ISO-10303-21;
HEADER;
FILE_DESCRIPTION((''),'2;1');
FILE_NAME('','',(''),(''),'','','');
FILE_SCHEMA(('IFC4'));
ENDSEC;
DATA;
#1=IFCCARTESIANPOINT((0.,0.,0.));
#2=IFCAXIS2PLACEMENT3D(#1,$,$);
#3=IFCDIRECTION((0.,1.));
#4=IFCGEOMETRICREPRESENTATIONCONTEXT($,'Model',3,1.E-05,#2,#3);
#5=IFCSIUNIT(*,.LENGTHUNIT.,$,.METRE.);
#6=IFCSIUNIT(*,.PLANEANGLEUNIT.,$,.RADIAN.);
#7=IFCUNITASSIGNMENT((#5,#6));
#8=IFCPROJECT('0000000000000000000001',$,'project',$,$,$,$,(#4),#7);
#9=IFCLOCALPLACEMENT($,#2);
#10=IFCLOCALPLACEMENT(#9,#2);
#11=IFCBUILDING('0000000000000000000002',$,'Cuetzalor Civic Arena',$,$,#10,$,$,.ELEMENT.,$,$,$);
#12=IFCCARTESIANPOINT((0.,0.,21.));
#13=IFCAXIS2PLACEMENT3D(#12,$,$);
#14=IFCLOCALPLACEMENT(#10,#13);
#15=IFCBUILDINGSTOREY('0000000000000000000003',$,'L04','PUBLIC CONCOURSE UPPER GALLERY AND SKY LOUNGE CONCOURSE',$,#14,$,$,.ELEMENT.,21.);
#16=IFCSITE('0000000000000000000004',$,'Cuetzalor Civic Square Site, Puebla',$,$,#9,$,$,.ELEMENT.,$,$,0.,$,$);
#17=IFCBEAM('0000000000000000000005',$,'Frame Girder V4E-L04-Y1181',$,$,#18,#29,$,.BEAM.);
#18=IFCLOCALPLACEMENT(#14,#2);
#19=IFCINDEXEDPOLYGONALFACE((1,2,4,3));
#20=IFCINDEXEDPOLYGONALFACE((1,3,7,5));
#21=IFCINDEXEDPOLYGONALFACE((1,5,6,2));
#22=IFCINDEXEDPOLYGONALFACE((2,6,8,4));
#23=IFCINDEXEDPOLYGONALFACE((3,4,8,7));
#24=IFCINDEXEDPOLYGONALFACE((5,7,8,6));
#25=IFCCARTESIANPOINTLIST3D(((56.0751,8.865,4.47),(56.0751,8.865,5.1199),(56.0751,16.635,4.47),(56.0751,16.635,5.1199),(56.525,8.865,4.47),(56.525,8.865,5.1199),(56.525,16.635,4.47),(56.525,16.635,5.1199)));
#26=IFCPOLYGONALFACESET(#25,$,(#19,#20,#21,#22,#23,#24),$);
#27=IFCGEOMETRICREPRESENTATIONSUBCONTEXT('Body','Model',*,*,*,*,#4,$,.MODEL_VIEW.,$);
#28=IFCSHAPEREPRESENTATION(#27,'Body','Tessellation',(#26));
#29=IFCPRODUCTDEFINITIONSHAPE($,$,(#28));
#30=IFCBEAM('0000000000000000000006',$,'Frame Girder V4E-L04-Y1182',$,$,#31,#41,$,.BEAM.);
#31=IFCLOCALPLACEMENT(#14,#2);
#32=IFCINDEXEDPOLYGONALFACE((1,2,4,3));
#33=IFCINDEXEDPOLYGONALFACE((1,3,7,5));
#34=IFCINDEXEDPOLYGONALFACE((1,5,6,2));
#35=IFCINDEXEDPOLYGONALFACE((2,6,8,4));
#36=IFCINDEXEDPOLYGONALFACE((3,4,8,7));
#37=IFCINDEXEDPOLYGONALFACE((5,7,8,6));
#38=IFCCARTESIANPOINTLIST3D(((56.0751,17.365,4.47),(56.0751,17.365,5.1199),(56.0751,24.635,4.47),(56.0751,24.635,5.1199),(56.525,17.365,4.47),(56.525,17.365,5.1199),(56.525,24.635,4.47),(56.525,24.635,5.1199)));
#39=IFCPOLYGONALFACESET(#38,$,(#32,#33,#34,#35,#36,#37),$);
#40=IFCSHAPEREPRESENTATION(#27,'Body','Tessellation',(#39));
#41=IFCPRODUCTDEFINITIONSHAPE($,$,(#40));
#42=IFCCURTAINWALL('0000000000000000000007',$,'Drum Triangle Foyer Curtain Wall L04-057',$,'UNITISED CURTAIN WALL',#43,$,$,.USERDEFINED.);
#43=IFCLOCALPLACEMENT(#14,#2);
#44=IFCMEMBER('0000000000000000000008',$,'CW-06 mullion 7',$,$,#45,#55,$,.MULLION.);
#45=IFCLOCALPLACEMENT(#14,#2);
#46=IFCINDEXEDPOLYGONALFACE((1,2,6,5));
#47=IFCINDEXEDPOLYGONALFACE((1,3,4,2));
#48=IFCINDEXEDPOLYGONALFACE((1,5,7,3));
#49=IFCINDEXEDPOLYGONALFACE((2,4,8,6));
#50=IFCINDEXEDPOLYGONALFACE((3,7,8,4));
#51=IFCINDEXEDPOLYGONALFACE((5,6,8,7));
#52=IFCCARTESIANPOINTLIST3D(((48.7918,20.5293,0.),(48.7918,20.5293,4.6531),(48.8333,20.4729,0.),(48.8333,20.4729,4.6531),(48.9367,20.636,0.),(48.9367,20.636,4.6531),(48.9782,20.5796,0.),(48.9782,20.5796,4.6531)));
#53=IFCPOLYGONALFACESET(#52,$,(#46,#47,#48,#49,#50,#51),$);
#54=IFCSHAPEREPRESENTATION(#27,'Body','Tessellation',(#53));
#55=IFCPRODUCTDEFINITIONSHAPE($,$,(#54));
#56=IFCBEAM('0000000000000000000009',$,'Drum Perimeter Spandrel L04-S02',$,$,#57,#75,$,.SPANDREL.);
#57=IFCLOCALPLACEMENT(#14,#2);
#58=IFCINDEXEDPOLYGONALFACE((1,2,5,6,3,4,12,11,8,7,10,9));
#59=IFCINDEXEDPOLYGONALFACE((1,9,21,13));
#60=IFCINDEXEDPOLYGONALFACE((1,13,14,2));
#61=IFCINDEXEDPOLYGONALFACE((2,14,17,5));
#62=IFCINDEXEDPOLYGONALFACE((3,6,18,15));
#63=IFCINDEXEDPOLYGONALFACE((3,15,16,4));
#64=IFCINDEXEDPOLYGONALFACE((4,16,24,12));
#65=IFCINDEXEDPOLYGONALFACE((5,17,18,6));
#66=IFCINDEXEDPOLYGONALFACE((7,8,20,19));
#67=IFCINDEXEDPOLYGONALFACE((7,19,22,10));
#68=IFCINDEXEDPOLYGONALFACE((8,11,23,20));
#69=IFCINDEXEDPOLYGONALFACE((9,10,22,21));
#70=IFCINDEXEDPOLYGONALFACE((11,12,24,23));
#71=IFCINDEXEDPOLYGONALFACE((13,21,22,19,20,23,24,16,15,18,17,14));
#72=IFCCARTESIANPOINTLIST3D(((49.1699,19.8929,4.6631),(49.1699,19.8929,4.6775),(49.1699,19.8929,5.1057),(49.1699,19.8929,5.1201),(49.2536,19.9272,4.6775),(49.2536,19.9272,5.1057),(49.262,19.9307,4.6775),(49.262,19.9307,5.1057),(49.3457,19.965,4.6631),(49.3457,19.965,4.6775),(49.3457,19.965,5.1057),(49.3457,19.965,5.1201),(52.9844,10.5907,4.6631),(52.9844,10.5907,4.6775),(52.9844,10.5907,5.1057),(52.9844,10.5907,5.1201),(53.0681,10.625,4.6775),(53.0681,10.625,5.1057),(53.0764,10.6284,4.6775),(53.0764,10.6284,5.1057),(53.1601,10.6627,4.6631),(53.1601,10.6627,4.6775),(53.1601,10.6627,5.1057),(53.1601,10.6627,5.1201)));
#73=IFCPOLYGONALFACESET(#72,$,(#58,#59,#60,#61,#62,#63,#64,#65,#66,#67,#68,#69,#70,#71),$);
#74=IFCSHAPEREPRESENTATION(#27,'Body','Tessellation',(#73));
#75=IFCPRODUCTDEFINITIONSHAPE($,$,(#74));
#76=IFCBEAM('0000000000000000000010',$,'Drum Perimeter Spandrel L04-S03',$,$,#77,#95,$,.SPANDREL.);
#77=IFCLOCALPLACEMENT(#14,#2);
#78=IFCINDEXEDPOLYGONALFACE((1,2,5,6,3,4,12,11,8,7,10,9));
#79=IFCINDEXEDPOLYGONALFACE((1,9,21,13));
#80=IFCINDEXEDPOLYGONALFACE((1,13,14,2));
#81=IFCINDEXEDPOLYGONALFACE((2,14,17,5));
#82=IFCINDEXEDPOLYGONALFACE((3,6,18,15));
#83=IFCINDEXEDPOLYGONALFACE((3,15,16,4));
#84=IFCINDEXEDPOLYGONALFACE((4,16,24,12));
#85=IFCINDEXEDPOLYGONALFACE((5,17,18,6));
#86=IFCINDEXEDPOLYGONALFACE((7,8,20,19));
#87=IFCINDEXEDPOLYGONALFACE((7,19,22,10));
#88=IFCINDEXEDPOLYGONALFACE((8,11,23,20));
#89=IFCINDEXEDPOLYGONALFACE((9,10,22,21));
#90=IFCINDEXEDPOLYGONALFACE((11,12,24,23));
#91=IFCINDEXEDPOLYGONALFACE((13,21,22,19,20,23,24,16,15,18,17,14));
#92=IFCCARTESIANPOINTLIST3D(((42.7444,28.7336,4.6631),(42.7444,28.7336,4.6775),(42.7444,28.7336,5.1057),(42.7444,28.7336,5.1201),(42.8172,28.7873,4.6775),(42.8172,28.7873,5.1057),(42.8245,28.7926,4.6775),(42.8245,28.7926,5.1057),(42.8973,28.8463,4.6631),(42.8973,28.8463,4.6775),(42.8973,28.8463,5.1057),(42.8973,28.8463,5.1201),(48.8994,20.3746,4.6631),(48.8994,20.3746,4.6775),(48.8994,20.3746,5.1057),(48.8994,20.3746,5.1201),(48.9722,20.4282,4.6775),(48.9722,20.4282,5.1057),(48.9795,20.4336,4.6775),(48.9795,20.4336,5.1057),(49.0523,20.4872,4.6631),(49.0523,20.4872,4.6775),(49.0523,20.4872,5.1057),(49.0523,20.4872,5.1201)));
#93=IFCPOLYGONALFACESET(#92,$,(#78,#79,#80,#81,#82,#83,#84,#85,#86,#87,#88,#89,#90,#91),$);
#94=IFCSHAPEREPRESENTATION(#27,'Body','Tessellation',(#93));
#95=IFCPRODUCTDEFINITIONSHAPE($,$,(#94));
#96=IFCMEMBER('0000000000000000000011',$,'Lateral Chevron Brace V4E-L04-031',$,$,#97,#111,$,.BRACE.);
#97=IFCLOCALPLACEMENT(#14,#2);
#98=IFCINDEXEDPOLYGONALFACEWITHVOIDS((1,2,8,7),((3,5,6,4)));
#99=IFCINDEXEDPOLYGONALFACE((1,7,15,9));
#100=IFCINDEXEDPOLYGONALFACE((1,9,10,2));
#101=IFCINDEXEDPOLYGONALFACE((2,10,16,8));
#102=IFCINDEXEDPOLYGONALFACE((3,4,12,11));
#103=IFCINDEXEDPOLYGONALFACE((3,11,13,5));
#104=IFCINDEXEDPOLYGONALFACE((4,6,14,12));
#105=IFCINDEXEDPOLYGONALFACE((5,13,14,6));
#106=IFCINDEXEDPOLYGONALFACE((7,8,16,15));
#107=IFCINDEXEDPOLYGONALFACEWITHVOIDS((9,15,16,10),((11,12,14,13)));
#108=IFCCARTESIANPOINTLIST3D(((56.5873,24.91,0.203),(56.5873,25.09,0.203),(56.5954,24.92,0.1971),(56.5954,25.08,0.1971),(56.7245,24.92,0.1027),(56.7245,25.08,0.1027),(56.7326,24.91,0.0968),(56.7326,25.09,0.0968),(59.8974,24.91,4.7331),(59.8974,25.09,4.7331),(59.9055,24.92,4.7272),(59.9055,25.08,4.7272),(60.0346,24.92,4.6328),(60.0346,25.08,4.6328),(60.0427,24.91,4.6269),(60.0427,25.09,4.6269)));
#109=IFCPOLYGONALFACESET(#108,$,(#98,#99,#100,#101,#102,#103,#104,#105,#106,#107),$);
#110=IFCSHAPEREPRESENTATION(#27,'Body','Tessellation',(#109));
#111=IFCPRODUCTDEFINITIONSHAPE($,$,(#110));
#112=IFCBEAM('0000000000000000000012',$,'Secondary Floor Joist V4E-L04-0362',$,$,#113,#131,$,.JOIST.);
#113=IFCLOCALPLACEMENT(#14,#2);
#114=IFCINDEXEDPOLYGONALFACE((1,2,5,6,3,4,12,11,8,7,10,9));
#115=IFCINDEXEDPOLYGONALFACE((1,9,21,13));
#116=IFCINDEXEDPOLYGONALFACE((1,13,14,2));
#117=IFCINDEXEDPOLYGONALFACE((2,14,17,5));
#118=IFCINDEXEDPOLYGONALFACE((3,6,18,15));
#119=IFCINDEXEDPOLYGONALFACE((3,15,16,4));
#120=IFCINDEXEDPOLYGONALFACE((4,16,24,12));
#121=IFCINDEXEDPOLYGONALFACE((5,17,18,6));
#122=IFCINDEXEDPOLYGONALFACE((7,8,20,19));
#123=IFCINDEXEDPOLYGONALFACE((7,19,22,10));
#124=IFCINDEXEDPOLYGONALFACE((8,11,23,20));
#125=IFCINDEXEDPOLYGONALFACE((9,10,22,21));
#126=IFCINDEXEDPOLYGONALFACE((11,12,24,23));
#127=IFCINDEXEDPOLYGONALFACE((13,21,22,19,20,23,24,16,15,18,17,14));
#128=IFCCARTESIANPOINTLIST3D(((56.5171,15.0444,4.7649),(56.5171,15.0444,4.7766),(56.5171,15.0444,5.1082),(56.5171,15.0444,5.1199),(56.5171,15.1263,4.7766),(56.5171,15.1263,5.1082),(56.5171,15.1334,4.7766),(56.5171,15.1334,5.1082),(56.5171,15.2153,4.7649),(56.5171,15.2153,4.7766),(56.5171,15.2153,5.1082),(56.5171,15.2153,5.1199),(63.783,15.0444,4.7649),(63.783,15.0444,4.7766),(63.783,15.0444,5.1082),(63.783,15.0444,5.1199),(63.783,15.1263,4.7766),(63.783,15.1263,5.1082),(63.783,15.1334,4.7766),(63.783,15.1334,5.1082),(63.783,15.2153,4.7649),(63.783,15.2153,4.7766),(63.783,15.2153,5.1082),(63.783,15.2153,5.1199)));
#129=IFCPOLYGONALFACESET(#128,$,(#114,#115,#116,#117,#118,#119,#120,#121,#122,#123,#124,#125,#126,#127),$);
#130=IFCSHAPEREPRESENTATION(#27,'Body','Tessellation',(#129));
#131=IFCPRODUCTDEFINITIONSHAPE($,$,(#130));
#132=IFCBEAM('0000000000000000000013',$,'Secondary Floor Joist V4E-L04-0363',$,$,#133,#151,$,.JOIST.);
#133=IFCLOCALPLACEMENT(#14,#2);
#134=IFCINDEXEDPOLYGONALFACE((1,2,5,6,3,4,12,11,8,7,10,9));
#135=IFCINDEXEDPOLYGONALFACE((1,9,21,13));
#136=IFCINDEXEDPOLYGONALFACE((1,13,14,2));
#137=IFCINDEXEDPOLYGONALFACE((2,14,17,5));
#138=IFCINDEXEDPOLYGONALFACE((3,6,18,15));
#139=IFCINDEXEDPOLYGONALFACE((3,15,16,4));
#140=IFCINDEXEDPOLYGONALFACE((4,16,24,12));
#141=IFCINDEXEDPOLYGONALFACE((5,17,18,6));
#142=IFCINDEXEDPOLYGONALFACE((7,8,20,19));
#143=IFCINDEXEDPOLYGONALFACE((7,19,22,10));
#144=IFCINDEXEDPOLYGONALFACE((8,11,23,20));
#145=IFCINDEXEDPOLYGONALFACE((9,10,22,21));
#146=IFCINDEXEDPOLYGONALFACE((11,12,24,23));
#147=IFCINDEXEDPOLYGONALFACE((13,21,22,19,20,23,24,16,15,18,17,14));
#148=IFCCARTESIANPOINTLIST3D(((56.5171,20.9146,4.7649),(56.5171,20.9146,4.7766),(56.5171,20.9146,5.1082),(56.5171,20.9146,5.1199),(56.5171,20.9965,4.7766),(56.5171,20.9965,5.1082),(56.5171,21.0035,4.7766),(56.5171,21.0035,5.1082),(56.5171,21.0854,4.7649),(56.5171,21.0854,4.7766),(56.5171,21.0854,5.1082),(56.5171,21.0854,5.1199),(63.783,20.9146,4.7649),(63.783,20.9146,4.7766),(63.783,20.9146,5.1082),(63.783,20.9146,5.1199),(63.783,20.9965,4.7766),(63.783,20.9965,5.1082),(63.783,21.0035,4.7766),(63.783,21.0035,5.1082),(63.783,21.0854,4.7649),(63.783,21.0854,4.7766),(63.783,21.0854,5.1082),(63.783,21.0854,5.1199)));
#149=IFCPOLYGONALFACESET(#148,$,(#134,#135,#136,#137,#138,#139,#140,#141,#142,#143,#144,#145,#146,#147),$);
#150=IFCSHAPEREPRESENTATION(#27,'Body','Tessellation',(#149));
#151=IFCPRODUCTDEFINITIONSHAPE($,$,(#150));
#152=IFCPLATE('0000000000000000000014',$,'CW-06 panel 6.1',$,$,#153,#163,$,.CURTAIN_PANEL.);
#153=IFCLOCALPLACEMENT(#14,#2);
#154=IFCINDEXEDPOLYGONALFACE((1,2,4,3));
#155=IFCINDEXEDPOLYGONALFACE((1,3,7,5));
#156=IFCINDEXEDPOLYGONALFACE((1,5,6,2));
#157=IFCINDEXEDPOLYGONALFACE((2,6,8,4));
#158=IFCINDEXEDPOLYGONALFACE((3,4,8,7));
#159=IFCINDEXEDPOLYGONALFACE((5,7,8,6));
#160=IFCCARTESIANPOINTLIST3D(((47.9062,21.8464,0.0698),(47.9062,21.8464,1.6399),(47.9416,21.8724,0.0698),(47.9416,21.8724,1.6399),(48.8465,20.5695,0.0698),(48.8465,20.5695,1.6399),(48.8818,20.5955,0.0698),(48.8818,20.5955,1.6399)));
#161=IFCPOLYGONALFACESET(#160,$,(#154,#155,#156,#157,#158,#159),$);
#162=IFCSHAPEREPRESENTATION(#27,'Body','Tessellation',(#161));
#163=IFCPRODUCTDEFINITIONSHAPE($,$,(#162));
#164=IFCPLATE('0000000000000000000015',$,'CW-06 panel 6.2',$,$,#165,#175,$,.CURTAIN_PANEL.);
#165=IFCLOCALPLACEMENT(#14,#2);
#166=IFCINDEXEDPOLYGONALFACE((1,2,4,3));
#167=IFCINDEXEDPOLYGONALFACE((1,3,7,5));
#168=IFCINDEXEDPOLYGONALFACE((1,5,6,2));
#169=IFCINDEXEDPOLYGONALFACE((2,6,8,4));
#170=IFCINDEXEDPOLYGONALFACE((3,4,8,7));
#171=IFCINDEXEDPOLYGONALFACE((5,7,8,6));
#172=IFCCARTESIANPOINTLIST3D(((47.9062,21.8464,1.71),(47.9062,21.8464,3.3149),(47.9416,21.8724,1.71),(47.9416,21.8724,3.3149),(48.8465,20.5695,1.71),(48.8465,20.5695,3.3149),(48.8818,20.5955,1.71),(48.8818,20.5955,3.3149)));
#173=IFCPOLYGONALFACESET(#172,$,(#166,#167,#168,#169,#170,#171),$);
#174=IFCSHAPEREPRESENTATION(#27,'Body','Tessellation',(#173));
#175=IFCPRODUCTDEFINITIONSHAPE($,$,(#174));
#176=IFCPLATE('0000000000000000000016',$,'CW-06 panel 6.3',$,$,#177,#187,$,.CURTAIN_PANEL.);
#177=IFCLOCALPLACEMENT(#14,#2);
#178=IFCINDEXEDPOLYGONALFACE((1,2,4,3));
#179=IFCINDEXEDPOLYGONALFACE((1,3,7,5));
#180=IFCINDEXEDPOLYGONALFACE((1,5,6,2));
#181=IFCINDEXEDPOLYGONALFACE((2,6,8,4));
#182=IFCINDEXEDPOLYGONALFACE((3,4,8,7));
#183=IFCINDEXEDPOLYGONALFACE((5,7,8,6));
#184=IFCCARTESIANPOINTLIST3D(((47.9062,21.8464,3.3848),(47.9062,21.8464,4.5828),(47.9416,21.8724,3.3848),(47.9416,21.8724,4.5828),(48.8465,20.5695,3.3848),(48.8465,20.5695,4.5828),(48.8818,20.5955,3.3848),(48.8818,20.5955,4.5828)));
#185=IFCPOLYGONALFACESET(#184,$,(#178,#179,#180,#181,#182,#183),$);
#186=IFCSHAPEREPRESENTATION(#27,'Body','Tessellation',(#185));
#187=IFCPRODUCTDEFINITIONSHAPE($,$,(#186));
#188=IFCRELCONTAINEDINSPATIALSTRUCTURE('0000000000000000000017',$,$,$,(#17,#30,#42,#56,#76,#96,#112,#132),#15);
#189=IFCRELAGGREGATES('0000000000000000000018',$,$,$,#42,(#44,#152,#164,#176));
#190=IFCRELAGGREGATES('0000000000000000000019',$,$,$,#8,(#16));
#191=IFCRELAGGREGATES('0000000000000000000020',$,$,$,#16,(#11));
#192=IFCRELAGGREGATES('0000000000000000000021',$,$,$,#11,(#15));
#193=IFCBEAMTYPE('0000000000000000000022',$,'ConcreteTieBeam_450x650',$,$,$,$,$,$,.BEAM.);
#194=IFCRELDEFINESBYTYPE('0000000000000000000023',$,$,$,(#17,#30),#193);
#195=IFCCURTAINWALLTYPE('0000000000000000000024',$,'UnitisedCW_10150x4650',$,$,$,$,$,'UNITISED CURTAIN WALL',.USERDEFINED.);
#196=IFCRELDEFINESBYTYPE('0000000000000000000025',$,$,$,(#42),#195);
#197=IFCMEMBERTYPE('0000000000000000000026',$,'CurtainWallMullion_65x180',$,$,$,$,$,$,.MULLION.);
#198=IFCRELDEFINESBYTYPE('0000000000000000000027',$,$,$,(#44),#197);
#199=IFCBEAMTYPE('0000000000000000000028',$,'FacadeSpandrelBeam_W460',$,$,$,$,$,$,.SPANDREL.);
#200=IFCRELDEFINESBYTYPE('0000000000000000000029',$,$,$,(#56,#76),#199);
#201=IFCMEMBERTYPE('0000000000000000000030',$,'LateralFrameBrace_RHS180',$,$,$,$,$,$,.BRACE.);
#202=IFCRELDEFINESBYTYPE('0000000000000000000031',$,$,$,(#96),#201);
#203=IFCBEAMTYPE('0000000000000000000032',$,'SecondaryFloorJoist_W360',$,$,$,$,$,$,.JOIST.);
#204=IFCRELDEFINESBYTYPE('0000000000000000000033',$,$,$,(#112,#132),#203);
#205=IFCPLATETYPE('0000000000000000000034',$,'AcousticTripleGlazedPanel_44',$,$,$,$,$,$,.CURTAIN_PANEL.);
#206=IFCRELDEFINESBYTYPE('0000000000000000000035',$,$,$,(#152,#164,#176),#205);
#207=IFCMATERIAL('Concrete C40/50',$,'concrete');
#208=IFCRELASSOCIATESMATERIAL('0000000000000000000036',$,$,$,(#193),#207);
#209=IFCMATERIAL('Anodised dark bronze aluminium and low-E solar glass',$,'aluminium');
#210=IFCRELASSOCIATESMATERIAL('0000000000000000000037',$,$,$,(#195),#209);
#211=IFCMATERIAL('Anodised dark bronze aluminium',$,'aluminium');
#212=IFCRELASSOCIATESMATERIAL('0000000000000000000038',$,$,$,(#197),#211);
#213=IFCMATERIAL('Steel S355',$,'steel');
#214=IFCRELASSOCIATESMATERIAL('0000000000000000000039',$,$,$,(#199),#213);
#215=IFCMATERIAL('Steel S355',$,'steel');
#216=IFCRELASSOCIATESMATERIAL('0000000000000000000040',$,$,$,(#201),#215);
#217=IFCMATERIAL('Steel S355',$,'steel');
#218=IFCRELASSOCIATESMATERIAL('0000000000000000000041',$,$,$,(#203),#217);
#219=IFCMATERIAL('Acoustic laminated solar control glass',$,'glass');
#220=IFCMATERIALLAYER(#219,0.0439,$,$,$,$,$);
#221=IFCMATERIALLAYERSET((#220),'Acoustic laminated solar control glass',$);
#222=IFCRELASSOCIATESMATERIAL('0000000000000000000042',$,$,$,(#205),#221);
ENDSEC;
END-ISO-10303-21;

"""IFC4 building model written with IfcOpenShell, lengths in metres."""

from ifc_helpers import new_model, si_unit, direction, frame, origin, origin_2d, place, context, subcontext, project, spatial, rectangle, hollow_rectangle, i_section, extrude, material, layer, layer_set, material_profile, profile_set, type_object, element, aggregate, save


model = new_model("IFC4")

# Units and contexts
model_context = context("Model", 3, precision=1e-05, world=origin(), true_north=direction((0.0, 1.0)))
body_context = subcontext(model_context, "Body", "Model", "MODEL_VIEW")
ifc_project = project(units=[si_unit("LENGTHUNIT", "METRE"), si_unit("PLANEANGLEUNIT", "RADIAN")], contexts=[model_context])

# Site, building, storey
site_placement = place(None, origin())
site = spatial("IfcSite", under=ifc_project, at=site_placement, Name="Cuetzalor Civic Square Site, Puebla", CompositionType="ELEMENT", RefElevation=0.0)
building_placement = place(site_placement, origin())
building = spatial("IfcBuilding", under=site, at=building_placement, Name="Cuetzalor Civic Arena", CompositionType="ELEMENT")
storey_placement = place(building_placement, frame((0.0, 0.0, 21.0)))
storey = spatial("IfcBuildingStorey", under=building, at=storey_placement, Name="L04", Description="PUBLIC CONCOURSE UPPER GALLERY AND SKY LOUNGE CONCOURSE", CompositionType="ELEMENT", Elevation=21.0)

# Beams
ifc_material_1 = material(Name="Concrete C40/50", Category="concrete")
ifc_material_profile_1 = material_profile(ifc_material_1, rectangle(XDim=0.45, YDim=0.6499, at=origin_2d()), Name="RC 450x650")
ifc_profile_set_1 = profile_set([ifc_material_profile_1], Name="Concrete C40/50")
beam_type_1 = type_object("IfcBeamType", Name="ConcreteTieBeam_450x650", PredefinedType="BEAM", material=ifc_profile_set_1)
beam_1_placement = place(storey_placement, frame((56.3, 8.865, 4.7949), z_axis=(0.0, 1.0, 0.0), x_axis=(-1.0, 0.0, 0.0)))
element("IfcBeam", 1, at=beam_1_placement, inside=storey, type_object=beam_type_1, Name="Frame Girder V4E-L04-Y1181", PredefinedType="BEAM", context=body_context, shape_type="SweptSolid", body=[
    extrude(rectangle(XDim=0.45, YDim=0.6499, at=origin_2d()), origin(), (0.0, 0.0, 1.0), 7.77),
])
beam_2_placement = place(storey_placement, frame((56.3, 17.365, 4.7949), z_axis=(0.0, 1.0, 0.0), x_axis=(-1.0, 0.0, 0.0)))
element("IfcBeam", 2, at=beam_2_placement, inside=storey, type_object=beam_type_1, Name="Frame Girder V4E-L04-Y1182", PredefinedType="BEAM", context=body_context, shape_type="SweptSolid", body=[
    extrude(rectangle(XDim=0.45, YDim=0.6499, at=origin_2d()), origin(), (0.0, 0.0, 1.0), 7.27),
])

# Curtain wall, member
ifc_material_2 = material(Name="Anodised dark bronze aluminium and low-E solar glass", Category="aluminium")
curtain_wall_type = type_object("IfcCurtainWallType", Name="UnitisedCW_10150x4650", ElementType="UNITISED CURTAIN WALL", PredefinedType="USERDEFINED", material=ifc_material_2)
curtain_wall_placement = place(storey_placement, origin())
curtain_wall = element("IfcCurtainWall", 3, at=curtain_wall_placement, inside=storey, type_object=curtain_wall_type, Name="Drum Triangle Foyer Curtain Wall L04-057", ObjectType="UNITISED CURTAIN WALL", PredefinedType="USERDEFINED")
ifc_material_3 = material(Name="Anodised dark bronze aluminium", Category="aluminium")
ifc_material_profile_2 = material_profile(ifc_material_3, rectangle(XDim=0.0701, YDim=0.1799, at=origin_2d()), Name="ALU MULLION 70x180")
ifc_profile_set_2 = profile_set([ifc_material_profile_2], Name="Anodised dark bronze aluminium")
member_type_1 = type_object("IfcMemberType", Name="CurtainWallMullion_65x180", PredefinedType="MULLION", material=ifc_profile_set_2)
member_1_placement = place(storey_placement, frame((48.885, 20.5544, 0.0), z_axis=(0.0, 0.0, 1.0), x_axis=(0.592929, -0.805255, 0.0)))
member_1 = element("IfcMember", 4, at=member_1_placement, type_object=member_type_1, Name="CW-06 mullion 7", PredefinedType="MULLION", context=body_context, shape_type="SweptSolid", body=[
    extrude(rectangle(XDim=0.0701, YDim=0.1799, at=origin_2d()), origin(), (0.0, 0.0, 1.0), 4.6531),
])

# Beams
ifc_material_4 = material(Name="Steel S355", Category="steel")
ifc_material_profile_3 = material_profile(ifc_material_4, i_section(OverallWidth=0.1899, OverallDepth=0.457, WebThickness=0.009, FlangeThickness=0.0144, at=origin_2d()), Name="W460x74")
ifc_profile_set_3 = profile_set([ifc_material_profile_3], Name="Steel S355")
beam_type_2 = type_object("IfcBeamType", Name="FacadeSpandrelBeam_W460", PredefinedType="SPANDREL", material=ifc_profile_set_3)
beam_3_placement = place(storey_placement, frame((53.0723, 10.6267, 4.8916), z_axis=(-0.379399, 0.925233, 0.0), x_axis=(-0.925233, -0.379399, 0.0)))
element("IfcBeam", 5, at=beam_3_placement, inside=storey, type_object=beam_type_2, Name="Drum Perimeter Spandrel L04-S02", PredefinedType="SPANDREL", context=body_context, shape_type="SweptSolid", body=[
    extrude(i_section(OverallWidth=0.1899, OverallDepth=0.457, WebThickness=0.009, FlangeThickness=0.0144, at=origin_2d()), origin(), (0.0, 0.0, 1.0), 10.054),
])
beam_4_placement = place(storey_placement, frame((48.9758, 20.4309, 4.8916), z_axis=(-0.592929, 0.805255, 0.0), x_axis=(-0.805255, -0.592929, 0.0)))
element("IfcBeam", 6, at=beam_4_placement, inside=storey, type_object=beam_type_2, Name="Drum Perimeter Spandrel L04-S03", PredefinedType="SPANDREL", context=body_context, shape_type="SweptSolid", body=[
    extrude(i_section(OverallWidth=0.1899, OverallDepth=0.457, WebThickness=0.009, FlangeThickness=0.0144, at=origin_2d()), origin(), (0.0, 0.0, 1.0), 10.3806),
])

# Member
ifc_material_5 = material(Name="Steel S355", Category="steel")
ifc_material_profile_4 = material_profile(ifc_material_5, hollow_rectangle(XDim=0.1799, YDim=0.1799, WallThickness=0.01, at=origin_2d()), Name="RHS 180x180x10")
ifc_profile_set_4 = profile_set([ifc_material_profile_4], Name="Steel S355")
member_type_2 = type_object("IfcMemberType", Name="LateralFrameBrace_RHS180", PredefinedType="BRACE", material=ifc_profile_set_4)
member_2_placement = place(storey_placement, frame((56.6599, 25.0, 0.1499), z_axis=(0.589976, 0.0, 0.807421), x_axis=(0.0, 1.0, 0.0)))
element("IfcMember", 7, at=member_2_placement, inside=storey, type_object=member_type_2, Name="Lateral Chevron Brace V4E-L04-031", PredefinedType="BRACE", context=body_context, shape_type="SweptSolid", body=[
    extrude(hollow_rectangle(XDim=0.1799, YDim=0.1799, WallThickness=0.01, at=origin_2d()), origin(), (0.0, 0.0, 1.0), 5.6106),
])

# Beams
ifc_material_6 = material(Name="Steel S355", Category="steel")
ifc_material_profile_5 = material_profile(ifc_material_6, i_section(OverallWidth=0.1709, OverallDepth=0.355, WebThickness=0.0071, FlangeThickness=0.0117, at=origin_2d()), Name="W360x51")
ifc_profile_set_5 = profile_set([ifc_material_profile_5], Name="Steel S355")
beam_type_3 = type_object("IfcBeamType", Name="SecondaryFloorJoist_W360", PredefinedType="JOIST", material=ifc_profile_set_5)
for number, where, z_axis, x_axis, name in (
    (8, (56.5171, 15.1299, 4.9424), (1.0, 0.0, 0.0), (0.0, 1.0, 0.0), "Secondary Floor Joist V4E-L04-0362"),
    (9, (56.5171, 21.0, 4.9424), (1.0, 0.0, 0.0), (0.0, 1.0, 0.0), "Secondary Floor Joist V4E-L04-0363"),
):
    element("IfcBeam", number, at=place(storey_placement, frame(where, z_axis=z_axis, x_axis=x_axis)), inside=storey, type_object=beam_type_3, Name=name, PredefinedType="JOIST", context=body_context, shape_type="SweptSolid", body=[
        extrude(i_section(OverallWidth=0.1709, OverallDepth=0.355, WebThickness=0.0071, FlangeThickness=0.0117, at=origin_2d()), origin(), (0.0, 0.0, 1.0), 7.2659),
    ])

# Plates
ifc_material_7 = material(Name="Acoustic laminated solar control glass", Category="glass")
ifc_layer_1 = layer(ifc_material_7, 0.0439)
ifc_layer_set_1 = layer_set([ifc_layer_1], Name="Acoustic laminated solar control glass")
plate_type_1 = type_object("IfcPlateType", Name="AcousticTripleGlazedPanel_44", PredefinedType="CURTAIN_PANEL", material=ifc_layer_set_1)
plate_1_placement = place(storey_placement, frame((48.394, 21.2209, 0.0698), z_axis=(0.0, 0.0, 1.0), x_axis=(0.592929, -0.805255, 0.0)))
plate_1 = element("IfcPlate", 10, at=plate_1_placement, type_object=plate_type_1, Name="CW-06 panel 6.1", PredefinedType="CURTAIN_PANEL", context=body_context, shape_type="SweptSolid", body=[
    extrude(rectangle(XDim=1.5857, YDim=0.0439, at=origin_2d()), origin(), (0.0, 0.0, 1.0), 1.5701),
])
plate_2_placement = place(storey_placement, frame((48.394, 21.2209, 1.71), z_axis=(0.0, 0.0, 1.0), x_axis=(0.592929, -0.805255, 0.0)))
plate_2 = element("IfcPlate", 11, at=plate_2_placement, type_object=plate_type_1, Name="CW-06 panel 6.2", PredefinedType="CURTAIN_PANEL", context=body_context, shape_type="SweptSolid", body=[
    extrude(rectangle(XDim=1.5857, YDim=0.0439, at=origin_2d()), origin(), (0.0, 0.0, 1.0), 1.605),
])
plate_3_placement = place(storey_placement, frame((48.394, 21.2209, 3.3848), z_axis=(0.0, 0.0, 1.0), x_axis=(0.592929, -0.805255, 0.0)))
plate_3 = element("IfcPlate", 12, at=plate_3_placement, type_object=plate_type_1, Name="CW-06 panel 6.3", PredefinedType="CURTAIN_PANEL", context=body_context, shape_type="SweptSolid", body=[
    extrude(rectangle(XDim=1.5857, YDim=0.0439, at=origin_2d()), origin(), (0.0, 0.0, 1.0), 1.198),
])
aggregate(curtain_wall, [member_1, plate_1, plate_2, plate_3])

save(model, "model.ifc")
